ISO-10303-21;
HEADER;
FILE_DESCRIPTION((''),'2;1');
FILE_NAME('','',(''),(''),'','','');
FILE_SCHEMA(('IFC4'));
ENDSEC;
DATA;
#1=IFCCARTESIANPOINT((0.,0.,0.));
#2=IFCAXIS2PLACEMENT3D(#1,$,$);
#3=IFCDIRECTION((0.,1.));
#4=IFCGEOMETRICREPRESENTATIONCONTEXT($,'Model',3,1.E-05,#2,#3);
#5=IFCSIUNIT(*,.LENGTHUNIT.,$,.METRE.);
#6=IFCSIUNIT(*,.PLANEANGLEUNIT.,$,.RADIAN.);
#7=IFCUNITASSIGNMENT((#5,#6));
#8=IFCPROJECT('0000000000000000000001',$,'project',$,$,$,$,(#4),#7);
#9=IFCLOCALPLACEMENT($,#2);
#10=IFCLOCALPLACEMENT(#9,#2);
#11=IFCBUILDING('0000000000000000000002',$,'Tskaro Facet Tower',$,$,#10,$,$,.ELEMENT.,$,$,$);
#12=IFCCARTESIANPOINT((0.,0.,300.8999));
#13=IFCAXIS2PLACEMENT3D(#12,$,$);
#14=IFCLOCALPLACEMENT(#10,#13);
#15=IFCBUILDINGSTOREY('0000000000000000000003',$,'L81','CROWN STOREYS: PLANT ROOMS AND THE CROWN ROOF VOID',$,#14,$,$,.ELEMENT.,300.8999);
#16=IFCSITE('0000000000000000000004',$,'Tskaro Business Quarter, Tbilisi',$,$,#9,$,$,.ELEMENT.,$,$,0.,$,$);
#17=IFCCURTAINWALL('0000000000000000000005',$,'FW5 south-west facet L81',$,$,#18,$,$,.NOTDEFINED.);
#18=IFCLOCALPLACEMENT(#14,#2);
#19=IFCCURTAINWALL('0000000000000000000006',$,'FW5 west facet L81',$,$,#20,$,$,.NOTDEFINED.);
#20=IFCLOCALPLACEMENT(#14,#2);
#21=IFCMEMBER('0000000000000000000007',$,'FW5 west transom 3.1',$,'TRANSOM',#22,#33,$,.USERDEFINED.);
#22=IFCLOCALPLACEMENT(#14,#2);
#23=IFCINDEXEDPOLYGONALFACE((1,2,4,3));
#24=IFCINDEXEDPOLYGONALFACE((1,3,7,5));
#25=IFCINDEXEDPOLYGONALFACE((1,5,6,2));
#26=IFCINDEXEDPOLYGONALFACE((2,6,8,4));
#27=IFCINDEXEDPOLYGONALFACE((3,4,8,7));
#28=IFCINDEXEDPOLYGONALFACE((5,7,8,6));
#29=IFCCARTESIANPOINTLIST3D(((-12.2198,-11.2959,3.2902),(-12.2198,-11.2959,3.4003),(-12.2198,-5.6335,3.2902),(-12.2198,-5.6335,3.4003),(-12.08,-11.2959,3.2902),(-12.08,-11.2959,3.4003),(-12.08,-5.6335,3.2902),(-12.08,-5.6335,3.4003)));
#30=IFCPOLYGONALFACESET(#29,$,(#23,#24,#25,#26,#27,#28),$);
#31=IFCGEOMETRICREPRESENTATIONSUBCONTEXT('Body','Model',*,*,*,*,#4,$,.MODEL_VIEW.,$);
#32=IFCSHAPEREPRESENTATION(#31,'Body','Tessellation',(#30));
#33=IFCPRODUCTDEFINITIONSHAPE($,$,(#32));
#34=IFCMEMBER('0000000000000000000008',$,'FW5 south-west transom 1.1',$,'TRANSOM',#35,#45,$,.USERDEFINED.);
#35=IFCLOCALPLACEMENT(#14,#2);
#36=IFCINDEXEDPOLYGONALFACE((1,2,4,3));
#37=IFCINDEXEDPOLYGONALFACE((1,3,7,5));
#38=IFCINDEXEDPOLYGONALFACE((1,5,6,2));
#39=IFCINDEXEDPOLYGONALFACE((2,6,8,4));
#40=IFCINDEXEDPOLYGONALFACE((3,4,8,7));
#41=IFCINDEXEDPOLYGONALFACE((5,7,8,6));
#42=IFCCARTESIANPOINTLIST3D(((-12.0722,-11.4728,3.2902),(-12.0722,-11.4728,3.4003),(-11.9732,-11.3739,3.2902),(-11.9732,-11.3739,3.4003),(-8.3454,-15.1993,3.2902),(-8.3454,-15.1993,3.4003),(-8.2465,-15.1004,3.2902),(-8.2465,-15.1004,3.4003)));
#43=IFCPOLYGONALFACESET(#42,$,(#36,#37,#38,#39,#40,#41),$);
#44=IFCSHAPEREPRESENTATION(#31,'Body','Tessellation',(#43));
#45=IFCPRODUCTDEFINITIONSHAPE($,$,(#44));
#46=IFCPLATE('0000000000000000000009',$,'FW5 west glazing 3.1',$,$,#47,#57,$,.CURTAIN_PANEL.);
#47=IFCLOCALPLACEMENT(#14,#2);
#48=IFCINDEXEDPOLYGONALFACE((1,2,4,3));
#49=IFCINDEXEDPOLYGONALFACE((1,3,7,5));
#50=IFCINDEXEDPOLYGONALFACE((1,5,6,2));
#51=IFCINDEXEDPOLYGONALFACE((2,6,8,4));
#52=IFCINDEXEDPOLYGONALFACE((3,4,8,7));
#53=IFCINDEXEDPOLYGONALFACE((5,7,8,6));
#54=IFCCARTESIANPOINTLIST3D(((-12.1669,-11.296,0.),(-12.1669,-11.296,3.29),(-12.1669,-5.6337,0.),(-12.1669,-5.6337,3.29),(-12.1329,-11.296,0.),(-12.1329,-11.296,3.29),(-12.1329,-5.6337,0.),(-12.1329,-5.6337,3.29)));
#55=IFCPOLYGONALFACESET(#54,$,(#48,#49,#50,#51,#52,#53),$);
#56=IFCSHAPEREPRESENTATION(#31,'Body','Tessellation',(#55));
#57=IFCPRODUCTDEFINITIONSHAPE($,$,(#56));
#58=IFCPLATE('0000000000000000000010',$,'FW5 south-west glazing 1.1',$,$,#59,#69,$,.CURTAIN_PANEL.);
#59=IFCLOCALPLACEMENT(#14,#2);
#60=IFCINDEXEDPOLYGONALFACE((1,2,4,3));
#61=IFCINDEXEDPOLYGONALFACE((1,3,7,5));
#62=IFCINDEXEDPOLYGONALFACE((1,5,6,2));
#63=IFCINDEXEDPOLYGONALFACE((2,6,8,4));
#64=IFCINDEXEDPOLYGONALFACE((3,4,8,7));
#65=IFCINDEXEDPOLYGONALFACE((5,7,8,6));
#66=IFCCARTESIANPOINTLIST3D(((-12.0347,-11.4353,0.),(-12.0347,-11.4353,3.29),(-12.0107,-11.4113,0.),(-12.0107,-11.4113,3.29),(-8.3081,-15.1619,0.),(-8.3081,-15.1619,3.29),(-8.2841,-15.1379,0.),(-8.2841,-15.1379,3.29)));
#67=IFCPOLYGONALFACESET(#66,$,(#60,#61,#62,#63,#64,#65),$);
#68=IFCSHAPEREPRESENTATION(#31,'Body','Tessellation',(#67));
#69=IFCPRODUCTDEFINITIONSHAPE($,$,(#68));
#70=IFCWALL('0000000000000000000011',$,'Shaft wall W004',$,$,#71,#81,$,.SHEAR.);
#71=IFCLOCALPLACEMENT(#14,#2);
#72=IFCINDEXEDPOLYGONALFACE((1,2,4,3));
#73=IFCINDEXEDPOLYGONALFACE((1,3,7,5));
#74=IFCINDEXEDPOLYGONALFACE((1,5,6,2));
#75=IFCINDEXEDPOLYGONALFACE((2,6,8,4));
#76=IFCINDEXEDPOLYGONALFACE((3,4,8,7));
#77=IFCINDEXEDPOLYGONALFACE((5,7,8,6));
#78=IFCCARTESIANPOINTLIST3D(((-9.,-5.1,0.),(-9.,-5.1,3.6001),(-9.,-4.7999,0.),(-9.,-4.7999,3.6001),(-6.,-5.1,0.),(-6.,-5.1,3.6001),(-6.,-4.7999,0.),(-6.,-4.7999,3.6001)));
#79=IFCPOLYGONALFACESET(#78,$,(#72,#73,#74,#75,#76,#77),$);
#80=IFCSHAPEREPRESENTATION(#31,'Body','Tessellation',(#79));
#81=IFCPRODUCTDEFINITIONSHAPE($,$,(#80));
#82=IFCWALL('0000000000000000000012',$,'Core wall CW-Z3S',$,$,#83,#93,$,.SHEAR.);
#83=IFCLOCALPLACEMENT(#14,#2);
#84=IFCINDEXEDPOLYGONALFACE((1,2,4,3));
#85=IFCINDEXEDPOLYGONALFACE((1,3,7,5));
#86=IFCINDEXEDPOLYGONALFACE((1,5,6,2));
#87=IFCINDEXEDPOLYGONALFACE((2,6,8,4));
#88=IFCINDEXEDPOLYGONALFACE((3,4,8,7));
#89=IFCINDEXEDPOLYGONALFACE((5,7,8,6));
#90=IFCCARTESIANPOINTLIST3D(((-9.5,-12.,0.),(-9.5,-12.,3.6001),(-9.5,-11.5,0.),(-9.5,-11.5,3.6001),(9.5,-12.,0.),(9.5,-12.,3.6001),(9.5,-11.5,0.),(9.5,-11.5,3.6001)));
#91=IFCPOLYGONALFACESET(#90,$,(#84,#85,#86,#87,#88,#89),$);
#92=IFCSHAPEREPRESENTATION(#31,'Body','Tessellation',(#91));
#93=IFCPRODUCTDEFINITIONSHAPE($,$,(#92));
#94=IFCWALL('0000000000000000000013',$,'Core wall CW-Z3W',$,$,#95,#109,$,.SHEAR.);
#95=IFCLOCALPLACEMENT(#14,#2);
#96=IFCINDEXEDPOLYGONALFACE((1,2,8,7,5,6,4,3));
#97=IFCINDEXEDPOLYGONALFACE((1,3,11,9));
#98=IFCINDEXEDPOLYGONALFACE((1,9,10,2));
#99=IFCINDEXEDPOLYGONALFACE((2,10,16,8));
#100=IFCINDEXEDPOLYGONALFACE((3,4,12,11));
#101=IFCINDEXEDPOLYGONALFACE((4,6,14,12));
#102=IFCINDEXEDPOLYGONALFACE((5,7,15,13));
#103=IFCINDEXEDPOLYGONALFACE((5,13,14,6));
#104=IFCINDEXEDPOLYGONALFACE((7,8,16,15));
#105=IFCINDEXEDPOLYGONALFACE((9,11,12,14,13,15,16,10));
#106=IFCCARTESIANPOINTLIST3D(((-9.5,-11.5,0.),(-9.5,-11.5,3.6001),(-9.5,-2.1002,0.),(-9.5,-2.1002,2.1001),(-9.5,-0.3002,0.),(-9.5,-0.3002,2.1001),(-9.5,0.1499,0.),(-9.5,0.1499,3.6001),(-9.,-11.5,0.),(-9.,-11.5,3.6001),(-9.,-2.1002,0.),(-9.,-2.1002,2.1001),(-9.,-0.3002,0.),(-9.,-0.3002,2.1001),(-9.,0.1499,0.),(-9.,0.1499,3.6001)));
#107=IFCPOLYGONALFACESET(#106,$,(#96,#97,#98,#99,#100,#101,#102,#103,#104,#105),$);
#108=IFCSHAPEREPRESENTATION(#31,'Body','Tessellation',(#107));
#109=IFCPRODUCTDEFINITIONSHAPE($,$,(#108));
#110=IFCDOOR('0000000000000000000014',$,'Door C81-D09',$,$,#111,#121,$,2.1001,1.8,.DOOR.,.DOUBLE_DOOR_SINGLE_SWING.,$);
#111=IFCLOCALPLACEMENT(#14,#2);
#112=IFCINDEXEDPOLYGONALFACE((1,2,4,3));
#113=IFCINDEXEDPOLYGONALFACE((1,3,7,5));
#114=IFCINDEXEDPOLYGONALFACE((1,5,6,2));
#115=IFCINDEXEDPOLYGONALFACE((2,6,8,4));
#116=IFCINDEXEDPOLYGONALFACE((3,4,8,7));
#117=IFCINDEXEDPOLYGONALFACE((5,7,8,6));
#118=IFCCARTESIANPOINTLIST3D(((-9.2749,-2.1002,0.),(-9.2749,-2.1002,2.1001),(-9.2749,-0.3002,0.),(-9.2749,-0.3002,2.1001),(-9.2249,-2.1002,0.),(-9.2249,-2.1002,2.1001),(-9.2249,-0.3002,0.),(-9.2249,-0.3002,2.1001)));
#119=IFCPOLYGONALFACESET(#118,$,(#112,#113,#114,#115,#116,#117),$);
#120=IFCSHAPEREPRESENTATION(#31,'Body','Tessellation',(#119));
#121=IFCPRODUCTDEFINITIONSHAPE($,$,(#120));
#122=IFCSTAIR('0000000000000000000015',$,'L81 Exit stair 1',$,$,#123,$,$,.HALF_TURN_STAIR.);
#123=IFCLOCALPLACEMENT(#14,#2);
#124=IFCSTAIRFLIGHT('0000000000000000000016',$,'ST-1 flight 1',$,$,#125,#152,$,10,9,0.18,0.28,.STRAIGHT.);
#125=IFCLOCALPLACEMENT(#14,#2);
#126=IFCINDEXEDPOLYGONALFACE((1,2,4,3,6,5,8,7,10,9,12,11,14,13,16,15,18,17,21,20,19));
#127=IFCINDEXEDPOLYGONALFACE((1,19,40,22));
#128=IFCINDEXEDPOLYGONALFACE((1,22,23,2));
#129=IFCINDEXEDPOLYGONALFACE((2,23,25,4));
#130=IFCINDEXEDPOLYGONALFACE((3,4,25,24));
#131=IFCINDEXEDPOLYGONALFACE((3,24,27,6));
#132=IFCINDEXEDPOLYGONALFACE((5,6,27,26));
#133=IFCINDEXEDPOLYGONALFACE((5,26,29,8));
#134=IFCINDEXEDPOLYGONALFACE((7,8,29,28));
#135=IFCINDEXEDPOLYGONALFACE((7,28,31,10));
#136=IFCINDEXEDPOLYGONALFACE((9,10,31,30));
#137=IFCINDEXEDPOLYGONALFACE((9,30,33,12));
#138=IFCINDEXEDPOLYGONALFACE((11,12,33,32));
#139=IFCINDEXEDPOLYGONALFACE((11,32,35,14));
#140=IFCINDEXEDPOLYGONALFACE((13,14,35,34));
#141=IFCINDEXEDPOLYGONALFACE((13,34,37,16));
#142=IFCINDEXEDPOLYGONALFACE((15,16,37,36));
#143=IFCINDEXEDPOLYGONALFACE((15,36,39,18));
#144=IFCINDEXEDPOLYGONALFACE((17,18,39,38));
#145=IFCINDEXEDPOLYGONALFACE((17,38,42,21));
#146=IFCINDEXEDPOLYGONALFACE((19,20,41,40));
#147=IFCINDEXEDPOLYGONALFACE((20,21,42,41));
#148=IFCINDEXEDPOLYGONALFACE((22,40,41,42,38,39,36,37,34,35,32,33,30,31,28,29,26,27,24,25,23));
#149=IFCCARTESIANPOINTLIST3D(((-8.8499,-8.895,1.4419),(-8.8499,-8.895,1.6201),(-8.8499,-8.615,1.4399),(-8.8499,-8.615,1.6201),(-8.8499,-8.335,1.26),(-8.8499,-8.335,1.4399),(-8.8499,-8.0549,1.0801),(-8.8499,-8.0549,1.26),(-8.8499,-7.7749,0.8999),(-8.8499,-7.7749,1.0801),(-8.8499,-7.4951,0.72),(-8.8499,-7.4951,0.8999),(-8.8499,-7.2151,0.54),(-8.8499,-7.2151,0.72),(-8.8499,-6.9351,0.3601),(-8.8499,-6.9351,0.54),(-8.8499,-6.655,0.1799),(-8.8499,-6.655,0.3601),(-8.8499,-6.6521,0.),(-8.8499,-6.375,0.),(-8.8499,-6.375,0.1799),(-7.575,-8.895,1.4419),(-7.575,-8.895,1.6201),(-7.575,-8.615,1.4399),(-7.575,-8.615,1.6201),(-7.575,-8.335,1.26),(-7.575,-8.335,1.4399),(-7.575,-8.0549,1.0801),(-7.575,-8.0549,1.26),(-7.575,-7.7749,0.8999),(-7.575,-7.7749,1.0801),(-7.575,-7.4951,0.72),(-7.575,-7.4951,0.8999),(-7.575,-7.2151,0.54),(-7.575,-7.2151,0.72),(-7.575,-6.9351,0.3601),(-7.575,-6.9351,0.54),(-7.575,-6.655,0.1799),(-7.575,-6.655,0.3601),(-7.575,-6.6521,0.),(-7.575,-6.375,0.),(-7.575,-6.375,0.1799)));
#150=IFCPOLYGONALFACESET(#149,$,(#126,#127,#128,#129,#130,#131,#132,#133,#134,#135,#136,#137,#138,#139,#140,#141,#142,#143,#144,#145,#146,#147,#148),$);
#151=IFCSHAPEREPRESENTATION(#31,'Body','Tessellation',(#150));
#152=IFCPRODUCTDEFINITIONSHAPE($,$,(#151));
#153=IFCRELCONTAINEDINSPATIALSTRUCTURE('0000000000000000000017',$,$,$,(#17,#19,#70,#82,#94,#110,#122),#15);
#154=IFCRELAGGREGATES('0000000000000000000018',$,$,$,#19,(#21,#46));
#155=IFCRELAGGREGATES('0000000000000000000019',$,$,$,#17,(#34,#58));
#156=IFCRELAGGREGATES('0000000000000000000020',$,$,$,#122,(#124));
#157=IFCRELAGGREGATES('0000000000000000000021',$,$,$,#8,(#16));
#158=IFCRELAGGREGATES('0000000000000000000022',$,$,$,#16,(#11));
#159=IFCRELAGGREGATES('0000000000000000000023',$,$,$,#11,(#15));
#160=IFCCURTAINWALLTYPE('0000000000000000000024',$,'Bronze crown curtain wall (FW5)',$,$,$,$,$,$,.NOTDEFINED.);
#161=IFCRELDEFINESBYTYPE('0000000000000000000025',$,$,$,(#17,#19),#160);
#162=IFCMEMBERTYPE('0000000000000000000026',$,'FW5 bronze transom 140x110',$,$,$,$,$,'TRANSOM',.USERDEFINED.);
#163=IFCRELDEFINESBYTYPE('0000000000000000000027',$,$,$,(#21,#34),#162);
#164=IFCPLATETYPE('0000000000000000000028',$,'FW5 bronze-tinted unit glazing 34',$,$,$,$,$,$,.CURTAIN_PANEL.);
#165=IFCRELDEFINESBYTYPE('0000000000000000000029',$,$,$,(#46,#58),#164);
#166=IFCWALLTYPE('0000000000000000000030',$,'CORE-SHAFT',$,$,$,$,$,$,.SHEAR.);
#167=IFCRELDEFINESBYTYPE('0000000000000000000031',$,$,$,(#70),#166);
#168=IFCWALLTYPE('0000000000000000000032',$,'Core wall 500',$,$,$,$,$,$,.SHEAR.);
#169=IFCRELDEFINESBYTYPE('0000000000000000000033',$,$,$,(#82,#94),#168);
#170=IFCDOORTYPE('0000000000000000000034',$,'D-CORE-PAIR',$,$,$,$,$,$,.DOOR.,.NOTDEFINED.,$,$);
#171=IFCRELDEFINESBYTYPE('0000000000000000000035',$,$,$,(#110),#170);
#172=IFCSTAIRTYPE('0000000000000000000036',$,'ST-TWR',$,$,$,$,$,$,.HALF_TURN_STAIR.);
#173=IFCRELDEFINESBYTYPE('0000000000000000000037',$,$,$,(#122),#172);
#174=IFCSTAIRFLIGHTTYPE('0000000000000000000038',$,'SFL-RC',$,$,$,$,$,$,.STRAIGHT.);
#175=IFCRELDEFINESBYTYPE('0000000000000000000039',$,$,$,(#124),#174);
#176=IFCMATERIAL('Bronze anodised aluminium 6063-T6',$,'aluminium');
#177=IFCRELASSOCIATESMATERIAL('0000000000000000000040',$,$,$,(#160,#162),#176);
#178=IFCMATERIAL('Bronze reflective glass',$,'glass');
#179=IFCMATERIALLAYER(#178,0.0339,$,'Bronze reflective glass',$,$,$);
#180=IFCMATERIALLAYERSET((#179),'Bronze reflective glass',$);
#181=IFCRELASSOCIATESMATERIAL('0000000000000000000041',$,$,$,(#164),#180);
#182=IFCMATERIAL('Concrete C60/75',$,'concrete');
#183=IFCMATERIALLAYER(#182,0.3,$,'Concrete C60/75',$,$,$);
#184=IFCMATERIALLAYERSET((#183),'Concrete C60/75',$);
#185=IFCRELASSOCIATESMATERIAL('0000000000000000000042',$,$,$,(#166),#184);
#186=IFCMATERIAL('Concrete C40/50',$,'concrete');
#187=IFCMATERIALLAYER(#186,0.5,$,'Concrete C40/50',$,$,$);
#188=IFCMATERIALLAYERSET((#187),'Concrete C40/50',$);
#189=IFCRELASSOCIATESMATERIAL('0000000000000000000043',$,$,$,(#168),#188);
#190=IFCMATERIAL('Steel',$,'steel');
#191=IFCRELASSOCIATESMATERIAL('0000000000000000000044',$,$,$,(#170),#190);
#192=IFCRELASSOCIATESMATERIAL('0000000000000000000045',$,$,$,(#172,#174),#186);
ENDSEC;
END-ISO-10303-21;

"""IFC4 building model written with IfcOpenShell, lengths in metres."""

from ifc_helpers import new_model, si_unit, direction, frame, frame_2d, origin, origin_2d, place, context, subcontext, project, spatial, polyline, rectangle, outline, extrude, material, layer, layer_set, material_profile, profile_set, type_object, element, fill, aggregate, save


model = new_model("IFC4")

# Units and contexts
model_context = context("Model", 3, precision=1e-05, world=origin(), true_north=direction((0.0, 1.0)))
body_context = subcontext(model_context, "Body", "Model", "MODEL_VIEW")
ifc_project = project(units=[si_unit("LENGTHUNIT", "METRE"), si_unit("PLANEANGLEUNIT", "RADIAN")], contexts=[model_context])

# Site, building, storey
site_placement = place(None, origin())
site = spatial("IfcSite", under=ifc_project, at=site_placement, Name="Tskaro Business Quarter, Tbilisi", CompositionType="ELEMENT", RefElevation=0.0)
building_placement = place(site_placement, origin())
building = spatial("IfcBuilding", under=site, at=building_placement, Name="Tskaro Facet Tower", CompositionType="ELEMENT")
storey_placement = place(building_placement, frame((0.0, 0.0, 300.8999)))
storey = spatial("IfcBuildingStorey", under=building, at=storey_placement, Name="L81", Description="CROWN STOREYS: PLANT ROOMS AND THE CROWN ROOF VOID", CompositionType="ELEMENT", Elevation=300.8999)

# Curtain walls
ifc_material_1 = material(Name="Bronze anodised aluminium 6063-T6", Category="aluminium")
curtain_wall_type = type_object("IfcCurtainWallType", Name="Bronze crown curtain wall (FW5)", PredefinedType="NOTDEFINED", material=ifc_material_1)
curtain_wall_1_placement = place(storey_placement, origin())
curtain_wall_1 = element("IfcCurtainWall", 1, at=curtain_wall_1_placement, inside=storey, type_object=curtain_wall_type, Name="FW5 south-west facet L81", PredefinedType="NOTDEFINED")
curtain_wall_2_placement = place(storey_placement, origin())
curtain_wall_2 = element("IfcCurtainWall", 2, at=curtain_wall_2_placement, inside=storey, type_object=curtain_wall_type, Name="FW5 west facet L81", PredefinedType="NOTDEFINED")

# Members
ifc_material_profile_1 = material_profile(ifc_material_1, rectangle(XDim=0.1399, YDim=0.1101, at=origin_2d()), Name="Transom 140x110")
ifc_profile_set_1 = profile_set([ifc_material_profile_1], Name="Bronze anodised aluminium 6063-T6")
member_type_1 = type_object("IfcMemberType", Name="FW5 bronze transom 140x110", ElementType="TRANSOM", PredefinedType="USERDEFINED", material=ifc_profile_set_1)
member_1_placement = place(storey_placement, frame((-12.1499, -5.6335, 3.3452), z_axis=(0.0, -1.0, 0.0), x_axis=(1.0, 0.0, 0.0)))
member_1 = element("IfcMember", 3, at=member_1_placement, type_object=member_type_1, Name="FW5 west transom 3.1", ObjectType="TRANSOM", PredefinedType="USERDEFINED", context=body_context, shape_type="SweptSolid", body=[
    extrude(rectangle(XDim=0.1399, YDim=0.1101, at=origin_2d()), origin(), (0.0, 0.0, 1.0), 5.6624),
])
member_2_placement = place(storey_placement, frame((-12.0227, -11.4233, 3.3452), z_axis=(0.70713, -0.707084, 0.0), x_axis=(0.707084, 0.70713, 0.0)))
member_2 = element("IfcMember", 4, at=member_2_placement, type_object=member_type_1, Name="FW5 south-west transom 1.1", ObjectType="TRANSOM", PredefinedType="USERDEFINED", context=body_context, shape_type="SweptSolid", body=[
    extrude(rectangle(XDim=0.1399, YDim=0.1101, at=origin_2d()), origin(), (0.0, 0.0, 1.0), 5.2703),
])

# Plates
ifc_material_2 = material(Name="Bronze reflective glass", Category="glass")
ifc_layer_1 = layer(ifc_material_2, 0.0339, Name="Bronze reflective glass")
ifc_layer_set_1 = layer_set([ifc_layer_1], Name="Bronze reflective glass")
plate_type = type_object("IfcPlateType", Name="FW5 bronze-tinted unit glazing 34", PredefinedType="CURTAIN_PANEL", material=ifc_layer_set_1)
plate_1_placement = place(storey_placement, frame((-12.1499, -8.4648, 0.0), z_axis=(0.0, 0.0, 1.0), x_axis=(0.0, -1.0, 0.0)))
plate_1 = element("IfcPlate", 5, at=plate_1_placement, type_object=plate_type, Name="FW5 west glazing 3.1", PredefinedType="CURTAIN_PANEL", context=body_context, shape_type="SweptSolid", body=[
    extrude(rectangle(XDim=5.6624, YDim=0.0339, at=origin_2d()), origin(), (0.0, 0.0, 1.0), 3.29),
])
aggregate(curtain_wall_2, [member_1, plate_1])
plate_2_placement = place(storey_placement, frame((-10.1594, -13.2866, 0.0), z_axis=(0.0, 0.0, 1.0), x_axis=(0.707107, -0.707107, 0.0)))
plate_2 = element("IfcPlate", 6, at=plate_2_placement, type_object=plate_type, Name="FW5 south-west glazing 1.1", PredefinedType="CURTAIN_PANEL", context=body_context, shape_type="SweptSolid", body=[
    extrude(rectangle(XDim=5.2703, YDim=0.0339, at=origin_2d()), origin(), (0.0, 0.0, 1.0), 3.29),
])
aggregate(curtain_wall_1, [member_2, plate_2])

# Walls
ifc_material_3 = material(Name="Concrete C60/75", Category="concrete")
ifc_layer_2 = layer(ifc_material_3, 0.3, Name="Concrete C60/75")
ifc_layer_set_2 = layer_set([ifc_layer_2], Name="Concrete C60/75")
wall_type_1 = type_object("IfcWallType", Name="CORE-SHAFT", PredefinedType="SHEAR", material=ifc_layer_set_2)
wall_1_placement = place(storey_placement, frame((-9.0, -4.95, 0.0), z_axis=(0.0, 0.0, 1.0), x_axis=(1.0, 0.0, 0.0)))
element("IfcWall", 7, at=wall_1_placement, inside=storey, type_object=wall_type_1, Name="Shaft wall W004", PredefinedType="SHEAR", context=body_context, shape_type="SweptSolid", body=[
    extrude(rectangle(XDim=3.0, YDim=0.3, at=frame_2d((1.5, 0.0))), origin(), (0.0, 0.0, 1.0), 3.6001),
])
ifc_material_4 = material(Name="Concrete C40/50", Category="concrete")
ifc_layer_3 = layer(ifc_material_4, 0.5, Name="Concrete C40/50")
ifc_layer_set_3 = layer_set([ifc_layer_3], Name="Concrete C40/50")
wall_type_2 = type_object("IfcWallType", Name="Core wall 500", PredefinedType="SHEAR", material=ifc_layer_set_3)
wall_2_placement = place(storey_placement, frame((-9.5, -11.75, 0.0), z_axis=(0.0, 0.0, 1.0), x_axis=(1.0, 0.0, 0.0)))
element("IfcWall", 8, at=wall_2_placement, inside=storey, type_object=wall_type_2, Name="Core wall CW-Z3S", PredefinedType="SHEAR", context=body_context, shape_type="SweptSolid", body=[
    extrude(outline(polyline([(0.0, 0.0), (19.0, 0.0), (19.0, 3.6001), (0.0, 3.6001), (0.0, 0.0)])), frame((0.0, 0.25, 0.0), z_axis=(0.0, -1.0, 0.0), x_axis=(1.0, 0.0, 0.0)), (0.0, 0.0, 1.0), 0.5),
])

# Wall, opening, door
wall_3_placement = place(storey_placement, frame((-9.25, -11.5, 0.0), z_axis=(0.0, 0.0, 1.0), x_axis=(0.0, 1.0, 0.0)))
wall_3 = element("IfcWall", 9, at=wall_3_placement, inside=storey, type_object=wall_type_2, Name="Core wall CW-Z3W", PredefinedType="SHEAR", context=body_context, shape_type="SweptSolid", body=[
    extrude(outline(polyline([(0.0, 0.0), (11.6499, 0.0), (11.6499, 3.6001), (0.0, 3.6001), (0.0, 0.0)])), frame((0.0, 0.25, 0.0), z_axis=(0.0, -1.0, 0.0), x_axis=(1.0, 0.0, 0.0)), (0.0, 0.0, 1.0), 0.5),
])
opening_placement = place(wall_3_placement, frame((9.3999, 0.0, 0.0)))
opening = element("IfcOpeningElement", 10, at=opening_placement, cuts=wall_3, PredefinedType="OPENING", context=body_context, shape_type="SweptSolid", body=[
    extrude(rectangle(XDim=1.8, YDim=2.1001, at=frame_2d((0.8999, 1.05))), frame((0.0, 0.26, 0.0), z_axis=(0.0, -1.0, 0.0), x_axis=(1.0, 0.0, 0.0)), (0.0, 0.0, 1.0), 0.52),
])
ifc_material_5 = material(Name="Steel", Category="steel")
door_type = type_object("IfcDoorType", Name="D-CORE-PAIR", OperationType="NOTDEFINED", PredefinedType="DOOR", material=ifc_material_5)
door_placement = place(opening_placement, origin())
door = element("IfcDoor", 11, at=door_placement, inside=storey, type_object=door_type, Name="Door C81-D09", OperationType="DOUBLE_DOOR_SINGLE_SWING", OverallHeight=2.1001, OverallWidth=1.8, PredefinedType="DOOR", context=body_context, shape_type="SweptSolid", body=[
    extrude(rectangle(XDim=1.8, YDim=2.1001, at=frame_2d((0.8999, 1.05))), frame((0.0, 0.0249, 0.0), z_axis=(0.0, -1.0, 0.0), x_axis=(1.0, 0.0, 0.0)), (0.0, 0.0, 1.0), 0.05),
])
fill(opening, door)

# Stair, stair flight
stair_type = type_object("IfcStairType", Name="ST-TWR", PredefinedType="HALF_TURN_STAIR", material=ifc_material_4)
stair_placement = place(storey_placement, origin())
stair = element("IfcStair", 12, at=stair_placement, inside=storey, type_object=stair_type, Name="L81 Exit stair 1", PredefinedType="HALF_TURN_STAIR")
stair_flight_type = type_object("IfcStairFlightType", Name="SFL-RC", PredefinedType="STRAIGHT", material=ifc_material_4)
stair_flight_placement = place(storey_placement, frame((-8.2124, -6.375, 0.0), z_axis=(0.0, 0.0, 1.0), x_axis=(0.0, -1.0, 0.0)))
stair_flight = element("IfcStairFlight", 13, at=stair_flight_placement, type_object=stair_flight_type, Name="ST-1 flight 1", NumberOfRisers=10, NumberOfTreads=9, PredefinedType="STRAIGHT", RiserHeight=0.18, TreadLength=0.28, context=body_context, shape_type="SweptSolid", body=[
    extrude(outline(polyline([(0.0, 0.0), (0.0, 0.1799), (0.28, 0.1799), (0.28, 0.3601), (0.5601, 0.3601), (0.5601, 0.54), (0.8401, 0.54), (0.8401, 0.72), (1.1201, 0.72), (1.1201, 0.8999), (1.3999, 0.8999), (1.3999, 1.0801), (1.6799, 1.0801), (1.6799, 1.26), (1.96, 1.26), (1.96, 1.4399), (2.24, 1.4399), (2.24, 1.6201), (2.52, 1.6201), (2.52, 1.8), (2.52, 1.4419), (0.2771, 0.0), (0.0, 0.0)])), frame((0.0, 0.6375, 0.0), z_axis=(0.0, -1.0, 0.0), x_axis=(1.0, 0.0, 0.0)), (0.0, 0.0, 1.0), 1.2749),
])
aggregate(stair, [stair_flight])

save(model, "model.ifc")
